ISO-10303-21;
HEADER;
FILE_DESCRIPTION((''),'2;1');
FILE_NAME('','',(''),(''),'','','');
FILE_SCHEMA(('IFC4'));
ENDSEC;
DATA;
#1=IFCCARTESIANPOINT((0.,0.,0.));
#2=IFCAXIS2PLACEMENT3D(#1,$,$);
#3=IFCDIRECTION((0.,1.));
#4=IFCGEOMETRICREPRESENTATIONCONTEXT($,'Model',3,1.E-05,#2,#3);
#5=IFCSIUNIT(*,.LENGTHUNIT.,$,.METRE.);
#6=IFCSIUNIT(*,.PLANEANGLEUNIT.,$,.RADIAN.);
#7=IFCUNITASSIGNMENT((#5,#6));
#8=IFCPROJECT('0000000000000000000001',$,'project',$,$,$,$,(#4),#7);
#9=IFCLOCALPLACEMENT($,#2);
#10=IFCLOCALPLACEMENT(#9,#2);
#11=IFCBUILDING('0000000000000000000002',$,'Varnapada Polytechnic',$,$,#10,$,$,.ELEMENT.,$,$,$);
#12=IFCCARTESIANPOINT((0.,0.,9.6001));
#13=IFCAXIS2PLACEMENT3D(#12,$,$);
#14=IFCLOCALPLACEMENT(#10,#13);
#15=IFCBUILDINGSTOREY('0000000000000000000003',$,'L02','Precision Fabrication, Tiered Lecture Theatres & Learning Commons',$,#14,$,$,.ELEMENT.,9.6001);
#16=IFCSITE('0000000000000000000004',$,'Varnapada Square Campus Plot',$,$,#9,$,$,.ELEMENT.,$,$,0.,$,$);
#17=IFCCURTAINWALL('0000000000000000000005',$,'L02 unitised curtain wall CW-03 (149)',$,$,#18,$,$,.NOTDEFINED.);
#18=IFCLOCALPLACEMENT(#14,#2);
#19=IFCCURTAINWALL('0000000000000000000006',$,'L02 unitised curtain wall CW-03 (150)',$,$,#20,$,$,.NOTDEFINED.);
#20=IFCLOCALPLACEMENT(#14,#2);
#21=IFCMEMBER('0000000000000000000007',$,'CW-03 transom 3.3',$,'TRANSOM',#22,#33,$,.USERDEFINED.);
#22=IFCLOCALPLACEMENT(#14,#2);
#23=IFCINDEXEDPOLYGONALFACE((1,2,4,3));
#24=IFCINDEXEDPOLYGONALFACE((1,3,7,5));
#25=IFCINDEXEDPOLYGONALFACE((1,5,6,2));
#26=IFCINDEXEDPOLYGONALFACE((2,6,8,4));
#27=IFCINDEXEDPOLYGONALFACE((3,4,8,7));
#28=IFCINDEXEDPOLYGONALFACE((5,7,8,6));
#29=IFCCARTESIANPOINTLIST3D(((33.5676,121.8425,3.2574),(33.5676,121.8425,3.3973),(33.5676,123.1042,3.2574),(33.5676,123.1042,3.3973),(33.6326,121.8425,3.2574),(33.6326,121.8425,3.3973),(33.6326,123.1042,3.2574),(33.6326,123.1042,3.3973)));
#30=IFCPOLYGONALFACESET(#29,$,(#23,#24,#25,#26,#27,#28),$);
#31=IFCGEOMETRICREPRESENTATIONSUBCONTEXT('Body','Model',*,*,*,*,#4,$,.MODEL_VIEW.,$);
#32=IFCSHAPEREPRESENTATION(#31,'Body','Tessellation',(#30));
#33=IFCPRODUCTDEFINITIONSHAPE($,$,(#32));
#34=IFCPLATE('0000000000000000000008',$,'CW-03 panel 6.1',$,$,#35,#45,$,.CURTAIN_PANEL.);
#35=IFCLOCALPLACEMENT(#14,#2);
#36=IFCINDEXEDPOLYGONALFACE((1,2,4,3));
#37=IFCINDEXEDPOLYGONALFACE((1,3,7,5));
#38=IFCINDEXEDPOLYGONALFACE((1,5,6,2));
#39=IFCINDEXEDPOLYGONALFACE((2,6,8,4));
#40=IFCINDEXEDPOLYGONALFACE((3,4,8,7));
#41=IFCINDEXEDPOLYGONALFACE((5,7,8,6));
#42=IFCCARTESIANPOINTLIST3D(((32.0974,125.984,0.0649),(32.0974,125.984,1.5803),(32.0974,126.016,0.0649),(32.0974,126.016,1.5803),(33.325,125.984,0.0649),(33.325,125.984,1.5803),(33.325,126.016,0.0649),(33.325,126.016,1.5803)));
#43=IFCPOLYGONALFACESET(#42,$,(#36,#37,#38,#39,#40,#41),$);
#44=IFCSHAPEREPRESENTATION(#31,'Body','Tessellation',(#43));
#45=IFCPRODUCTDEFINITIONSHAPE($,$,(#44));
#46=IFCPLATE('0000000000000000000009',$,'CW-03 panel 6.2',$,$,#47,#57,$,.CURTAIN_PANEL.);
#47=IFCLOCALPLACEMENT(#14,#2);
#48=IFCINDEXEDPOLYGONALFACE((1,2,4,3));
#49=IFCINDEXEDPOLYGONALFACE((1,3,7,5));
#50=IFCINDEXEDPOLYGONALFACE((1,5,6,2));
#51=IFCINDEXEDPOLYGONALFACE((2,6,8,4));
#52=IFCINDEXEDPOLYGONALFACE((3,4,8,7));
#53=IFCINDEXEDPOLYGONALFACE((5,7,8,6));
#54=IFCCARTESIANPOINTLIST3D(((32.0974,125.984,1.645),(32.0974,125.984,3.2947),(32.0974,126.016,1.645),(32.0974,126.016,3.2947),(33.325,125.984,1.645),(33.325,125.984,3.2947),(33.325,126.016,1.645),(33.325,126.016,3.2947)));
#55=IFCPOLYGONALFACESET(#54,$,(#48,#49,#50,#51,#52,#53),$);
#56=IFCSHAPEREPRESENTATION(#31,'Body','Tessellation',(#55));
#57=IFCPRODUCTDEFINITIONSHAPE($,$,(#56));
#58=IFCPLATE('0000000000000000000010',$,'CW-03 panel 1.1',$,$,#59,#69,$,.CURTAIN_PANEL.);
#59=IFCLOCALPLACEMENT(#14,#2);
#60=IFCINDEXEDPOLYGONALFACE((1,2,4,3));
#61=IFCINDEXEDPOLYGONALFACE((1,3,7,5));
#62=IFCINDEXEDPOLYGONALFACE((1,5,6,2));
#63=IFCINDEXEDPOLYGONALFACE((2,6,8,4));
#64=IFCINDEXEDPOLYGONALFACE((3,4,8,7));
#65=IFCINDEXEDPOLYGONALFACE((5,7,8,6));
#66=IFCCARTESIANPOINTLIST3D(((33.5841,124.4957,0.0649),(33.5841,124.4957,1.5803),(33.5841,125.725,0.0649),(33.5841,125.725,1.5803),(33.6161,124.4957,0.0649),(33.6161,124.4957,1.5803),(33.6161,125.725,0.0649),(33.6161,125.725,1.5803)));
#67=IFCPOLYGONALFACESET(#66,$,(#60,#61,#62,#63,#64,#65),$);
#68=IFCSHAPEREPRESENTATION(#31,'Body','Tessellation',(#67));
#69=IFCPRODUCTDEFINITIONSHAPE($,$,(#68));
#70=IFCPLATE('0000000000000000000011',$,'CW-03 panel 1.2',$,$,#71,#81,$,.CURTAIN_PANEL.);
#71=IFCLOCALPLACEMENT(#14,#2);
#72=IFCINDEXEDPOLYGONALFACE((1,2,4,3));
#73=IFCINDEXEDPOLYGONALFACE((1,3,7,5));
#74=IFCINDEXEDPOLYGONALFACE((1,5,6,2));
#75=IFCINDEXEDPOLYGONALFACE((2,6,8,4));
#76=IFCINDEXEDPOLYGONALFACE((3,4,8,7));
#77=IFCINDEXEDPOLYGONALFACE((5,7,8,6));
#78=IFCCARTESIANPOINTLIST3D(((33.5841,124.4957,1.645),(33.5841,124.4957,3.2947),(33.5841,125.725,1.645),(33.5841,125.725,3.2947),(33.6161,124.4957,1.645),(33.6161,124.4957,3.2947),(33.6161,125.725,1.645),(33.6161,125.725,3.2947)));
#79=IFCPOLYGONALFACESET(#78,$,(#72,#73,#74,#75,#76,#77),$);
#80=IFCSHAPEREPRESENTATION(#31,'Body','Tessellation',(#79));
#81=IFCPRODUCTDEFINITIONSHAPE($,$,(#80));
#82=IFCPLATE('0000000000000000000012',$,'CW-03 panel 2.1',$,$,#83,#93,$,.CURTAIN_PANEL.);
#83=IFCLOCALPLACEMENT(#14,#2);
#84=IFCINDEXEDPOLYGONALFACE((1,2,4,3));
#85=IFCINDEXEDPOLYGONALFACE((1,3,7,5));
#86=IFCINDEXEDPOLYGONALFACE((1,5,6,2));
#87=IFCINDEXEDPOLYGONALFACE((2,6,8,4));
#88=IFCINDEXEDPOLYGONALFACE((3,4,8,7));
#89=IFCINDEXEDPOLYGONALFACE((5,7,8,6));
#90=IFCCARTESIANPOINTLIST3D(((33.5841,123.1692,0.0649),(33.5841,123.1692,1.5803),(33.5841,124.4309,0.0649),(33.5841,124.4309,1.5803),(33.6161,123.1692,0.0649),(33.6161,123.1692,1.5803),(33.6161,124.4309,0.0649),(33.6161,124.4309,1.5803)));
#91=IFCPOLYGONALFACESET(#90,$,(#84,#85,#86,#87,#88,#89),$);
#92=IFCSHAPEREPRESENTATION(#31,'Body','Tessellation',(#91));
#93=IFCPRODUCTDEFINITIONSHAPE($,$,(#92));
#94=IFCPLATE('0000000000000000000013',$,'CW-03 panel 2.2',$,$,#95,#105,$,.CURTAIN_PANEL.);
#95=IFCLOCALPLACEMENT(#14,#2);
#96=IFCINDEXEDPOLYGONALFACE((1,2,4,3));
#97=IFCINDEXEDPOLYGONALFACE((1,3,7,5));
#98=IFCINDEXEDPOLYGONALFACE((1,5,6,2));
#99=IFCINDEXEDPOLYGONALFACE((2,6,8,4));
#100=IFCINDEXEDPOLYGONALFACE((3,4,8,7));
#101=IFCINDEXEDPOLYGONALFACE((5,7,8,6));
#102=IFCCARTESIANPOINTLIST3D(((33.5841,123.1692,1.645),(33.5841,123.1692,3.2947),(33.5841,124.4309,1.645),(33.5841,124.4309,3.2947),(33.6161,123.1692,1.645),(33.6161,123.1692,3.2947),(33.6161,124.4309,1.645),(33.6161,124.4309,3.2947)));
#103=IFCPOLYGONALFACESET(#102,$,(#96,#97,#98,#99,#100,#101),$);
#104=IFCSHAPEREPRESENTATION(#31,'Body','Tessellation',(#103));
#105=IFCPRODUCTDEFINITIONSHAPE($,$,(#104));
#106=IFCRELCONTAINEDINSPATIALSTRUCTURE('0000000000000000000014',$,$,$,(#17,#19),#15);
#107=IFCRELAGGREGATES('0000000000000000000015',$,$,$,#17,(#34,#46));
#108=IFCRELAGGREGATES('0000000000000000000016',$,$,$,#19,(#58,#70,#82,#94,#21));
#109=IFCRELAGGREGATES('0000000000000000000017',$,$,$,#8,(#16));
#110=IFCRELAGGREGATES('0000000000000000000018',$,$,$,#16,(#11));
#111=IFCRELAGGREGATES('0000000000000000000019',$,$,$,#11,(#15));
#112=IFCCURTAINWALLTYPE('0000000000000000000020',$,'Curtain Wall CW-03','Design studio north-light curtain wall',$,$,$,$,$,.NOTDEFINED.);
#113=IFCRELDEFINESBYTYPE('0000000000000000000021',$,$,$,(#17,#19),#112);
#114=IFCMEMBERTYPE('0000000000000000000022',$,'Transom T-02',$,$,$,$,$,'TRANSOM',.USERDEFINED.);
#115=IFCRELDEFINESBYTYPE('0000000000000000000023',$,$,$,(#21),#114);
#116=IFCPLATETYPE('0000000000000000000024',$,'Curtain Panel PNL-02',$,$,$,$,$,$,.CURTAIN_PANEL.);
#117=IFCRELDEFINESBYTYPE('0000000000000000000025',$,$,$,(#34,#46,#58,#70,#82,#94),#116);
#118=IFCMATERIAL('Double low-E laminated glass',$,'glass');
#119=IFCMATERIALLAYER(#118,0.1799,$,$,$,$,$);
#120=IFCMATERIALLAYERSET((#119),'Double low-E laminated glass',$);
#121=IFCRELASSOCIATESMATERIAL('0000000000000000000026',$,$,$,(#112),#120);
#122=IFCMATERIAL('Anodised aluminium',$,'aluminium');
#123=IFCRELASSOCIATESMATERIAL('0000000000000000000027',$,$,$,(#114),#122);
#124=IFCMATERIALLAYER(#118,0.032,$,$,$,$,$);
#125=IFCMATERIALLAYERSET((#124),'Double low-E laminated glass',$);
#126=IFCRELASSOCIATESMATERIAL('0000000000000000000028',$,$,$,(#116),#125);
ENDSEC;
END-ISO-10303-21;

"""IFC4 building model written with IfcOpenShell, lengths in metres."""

from ifc_helpers import new_model, si_unit, direction, frame, origin, origin_2d, place, context, subcontext, project, spatial, rectangle, extrude, material, layer, layer_set, material_profile, profile_set, type_object, element, aggregate, save


model = new_model("IFC4")

# Units and contexts
model_context = context("Model", 3, precision=1e-05, world=origin(), true_north=direction((0.0, 1.0)))
body_context = subcontext(model_context, "Body", "Model", "MODEL_VIEW")
ifc_project = project(units=[si_unit("LENGTHUNIT", "METRE"), si_unit("PLANEANGLEUNIT", "RADIAN")], contexts=[model_context])

# Site, building, storey
site_placement = place(None, origin())
site = spatial("IfcSite", under=ifc_project, at=site_placement, Name="Varnapada Square Campus Plot", CompositionType="ELEMENT", RefElevation=0.0)
building_placement = place(site_placement, origin())
building = spatial("IfcBuilding", under=site, at=building_placement, Name="Varnapada Polytechnic", CompositionType="ELEMENT")
storey_placement = place(building_placement, frame((0.0, 0.0, 9.6001)))
storey = spatial("IfcBuildingStorey", under=building, at=storey_placement, Name="L02", Description="Precision Fabrication, Tiered Lecture Theatres & Learning Commons", CompositionType="ELEMENT", Elevation=9.6001)

# Curtain wall
ifc_material_1 = material(Name="Double low-E laminated glass", Category="glass")
ifc_layer_1 = layer(ifc_material_1, 0.1799)
ifc_layer_set_1 = layer_set([ifc_layer_1], Name="Double low-E laminated glass")
curtain_wall_type = type_object("IfcCurtainWallType", Name="Curtain Wall CW-03", Description="Design studio north-light curtain wall", PredefinedType="NOTDEFINED", material=ifc_layer_set_1)
curtain_wall_1_placement = place(storey_placement, origin())
curtain_wall_1 = element("IfcCurtainWall", 1, at=curtain_wall_1_placement, inside=storey, type_object=curtain_wall_type, Name="L02 unitised curtain wall CW-03 (149)", PredefinedType="NOTDEFINED")
ifc_material_2 = material(Name="Anodised aluminium", Category="aluminium")

# Curtain wall
curtain_wall_2_placement = place(storey_placement, origin())
curtain_wall_2 = element("IfcCurtainWall", 2, at=curtain_wall_2_placement, inside=storey, type_object=curtain_wall_type, Name="L02 unitised curtain wall CW-03 (150)", PredefinedType="NOTDEFINED")

# Member
ifc_material_profile_1 = material_profile(ifc_material_2, rectangle(XDim=0.0649, YDim=0.1399, at=origin_2d()), Name="ALU T65x140")
ifc_profile_set_1 = profile_set([ifc_material_profile_1], Name="Anodised aluminium")
member_type_1 = type_object("IfcMemberType", Name="Transom T-02", ElementType="TRANSOM", PredefinedType="USERDEFINED", material=ifc_profile_set_1)
member_1_placement = place(storey_placement, frame((33.6001, 123.1042, 3.3274), z_axis=(0.0, -1.0, 0.0), x_axis=(1.0, 0.0, 0.0)))
member_1 = element("IfcMember", 3, at=member_1_placement, type_object=member_type_1, Name="CW-03 transom 3.3", ObjectType="TRANSOM", PredefinedType="USERDEFINED", context=body_context, shape_type="SweptSolid", body=[
    extrude(rectangle(XDim=0.0649, YDim=0.1399, at=origin_2d()), origin(), (0.0, 0.0, 1.0), 1.2617),
])

# Plates
ifc_layer_2 = layer(ifc_material_1, 0.032)
ifc_layer_set_2 = layer_set([ifc_layer_2], Name="Double low-E laminated glass")
plate_type = type_object("IfcPlateType", Name="Curtain Panel PNL-02", PredefinedType="CURTAIN_PANEL", material=ifc_layer_set_2)
plate_1_placement = place(storey_placement, frame((32.7112, 126.0, 0.0649), z_axis=(0.0, 0.0, 1.0), x_axis=(1.0, 0.0, 0.0)))
plate_1 = element("IfcPlate", 4, at=plate_1_placement, type_object=plate_type, Name="CW-03 panel 6.1", PredefinedType="CURTAIN_PANEL", context=body_context, shape_type="SweptSolid", body=[
    extrude(rectangle(XDim=1.2275, YDim=0.032, at=origin_2d()), origin(), (0.0, 0.0, 1.0), 1.5154),
])
plate_2_placement = place(storey_placement, frame((32.7112, 126.0, 1.645), z_axis=(0.0, 0.0, 1.0), x_axis=(1.0, 0.0, 0.0)))
plate_2 = element("IfcPlate", 5, at=plate_2_placement, type_object=plate_type, Name="CW-03 panel 6.2", PredefinedType="CURTAIN_PANEL", context=body_context, shape_type="SweptSolid", body=[
    extrude(rectangle(XDim=1.2275, YDim=0.032, at=origin_2d()), origin(), (0.0, 0.0, 1.0), 1.6497),
])
aggregate(curtain_wall_1, [plate_1, plate_2])
plate_3_placement = place(storey_placement, frame((33.6001, 125.1104, 0.0649), z_axis=(0.0, 0.0, 1.0), x_axis=(0.0, -1.0, 0.0)))
plate_3 = element("IfcPlate", 6, at=plate_3_placement, type_object=plate_type, Name="CW-03 panel 1.1", PredefinedType="CURTAIN_PANEL", context=body_context, shape_type="SweptSolid", body=[
    extrude(rectangle(XDim=1.2292, YDim=0.032, at=origin_2d()), origin(), (0.0, 0.0, 1.0), 1.5154),
])
plate_4_placement = place(storey_placement, frame((33.6001, 125.1104, 1.645), z_axis=(0.0, 0.0, 1.0), x_axis=(0.0, -1.0, 0.0)))
plate_4 = element("IfcPlate", 7, at=plate_4_placement, type_object=plate_type, Name="CW-03 panel 1.2", PredefinedType="CURTAIN_PANEL", context=body_context, shape_type="SweptSolid", body=[
    extrude(rectangle(XDim=1.2292, YDim=0.032, at=origin_2d()), origin(), (0.0, 0.0, 1.0), 1.6497),
])
plate_5_placement = place(storey_placement, frame((33.6001, 123.8, 0.0649), z_axis=(0.0, 0.0, 1.0), x_axis=(0.0, -1.0, 0.0)))
plate_5 = element("IfcPlate", 8, at=plate_5_placement, type_object=plate_type, Name="CW-03 panel 2.1", PredefinedType="CURTAIN_PANEL", context=body_context, shape_type="SweptSolid", body=[
    extrude(rectangle(XDim=1.2617, YDim=0.032, at=origin_2d()), origin(), (0.0, 0.0, 1.0), 1.5154),
])
plate_6_placement = place(storey_placement, frame((33.6001, 123.8, 1.645), z_axis=(0.0, 0.0, 1.0), x_axis=(0.0, -1.0, 0.0)))
plate_6 = element("IfcPlate", 9, at=plate_6_placement, type_object=plate_type, Name="CW-03 panel 2.2", PredefinedType="CURTAIN_PANEL", context=body_context, shape_type="SweptSolid", body=[
    extrude(rectangle(XDim=1.2617, YDim=0.032, at=origin_2d()), origin(), (0.0, 0.0, 1.0), 1.6497),
])
aggregate(curtain_wall_2, [plate_3, plate_4, plate_5, plate_6, member_1])

save(model, "model.ifc")
